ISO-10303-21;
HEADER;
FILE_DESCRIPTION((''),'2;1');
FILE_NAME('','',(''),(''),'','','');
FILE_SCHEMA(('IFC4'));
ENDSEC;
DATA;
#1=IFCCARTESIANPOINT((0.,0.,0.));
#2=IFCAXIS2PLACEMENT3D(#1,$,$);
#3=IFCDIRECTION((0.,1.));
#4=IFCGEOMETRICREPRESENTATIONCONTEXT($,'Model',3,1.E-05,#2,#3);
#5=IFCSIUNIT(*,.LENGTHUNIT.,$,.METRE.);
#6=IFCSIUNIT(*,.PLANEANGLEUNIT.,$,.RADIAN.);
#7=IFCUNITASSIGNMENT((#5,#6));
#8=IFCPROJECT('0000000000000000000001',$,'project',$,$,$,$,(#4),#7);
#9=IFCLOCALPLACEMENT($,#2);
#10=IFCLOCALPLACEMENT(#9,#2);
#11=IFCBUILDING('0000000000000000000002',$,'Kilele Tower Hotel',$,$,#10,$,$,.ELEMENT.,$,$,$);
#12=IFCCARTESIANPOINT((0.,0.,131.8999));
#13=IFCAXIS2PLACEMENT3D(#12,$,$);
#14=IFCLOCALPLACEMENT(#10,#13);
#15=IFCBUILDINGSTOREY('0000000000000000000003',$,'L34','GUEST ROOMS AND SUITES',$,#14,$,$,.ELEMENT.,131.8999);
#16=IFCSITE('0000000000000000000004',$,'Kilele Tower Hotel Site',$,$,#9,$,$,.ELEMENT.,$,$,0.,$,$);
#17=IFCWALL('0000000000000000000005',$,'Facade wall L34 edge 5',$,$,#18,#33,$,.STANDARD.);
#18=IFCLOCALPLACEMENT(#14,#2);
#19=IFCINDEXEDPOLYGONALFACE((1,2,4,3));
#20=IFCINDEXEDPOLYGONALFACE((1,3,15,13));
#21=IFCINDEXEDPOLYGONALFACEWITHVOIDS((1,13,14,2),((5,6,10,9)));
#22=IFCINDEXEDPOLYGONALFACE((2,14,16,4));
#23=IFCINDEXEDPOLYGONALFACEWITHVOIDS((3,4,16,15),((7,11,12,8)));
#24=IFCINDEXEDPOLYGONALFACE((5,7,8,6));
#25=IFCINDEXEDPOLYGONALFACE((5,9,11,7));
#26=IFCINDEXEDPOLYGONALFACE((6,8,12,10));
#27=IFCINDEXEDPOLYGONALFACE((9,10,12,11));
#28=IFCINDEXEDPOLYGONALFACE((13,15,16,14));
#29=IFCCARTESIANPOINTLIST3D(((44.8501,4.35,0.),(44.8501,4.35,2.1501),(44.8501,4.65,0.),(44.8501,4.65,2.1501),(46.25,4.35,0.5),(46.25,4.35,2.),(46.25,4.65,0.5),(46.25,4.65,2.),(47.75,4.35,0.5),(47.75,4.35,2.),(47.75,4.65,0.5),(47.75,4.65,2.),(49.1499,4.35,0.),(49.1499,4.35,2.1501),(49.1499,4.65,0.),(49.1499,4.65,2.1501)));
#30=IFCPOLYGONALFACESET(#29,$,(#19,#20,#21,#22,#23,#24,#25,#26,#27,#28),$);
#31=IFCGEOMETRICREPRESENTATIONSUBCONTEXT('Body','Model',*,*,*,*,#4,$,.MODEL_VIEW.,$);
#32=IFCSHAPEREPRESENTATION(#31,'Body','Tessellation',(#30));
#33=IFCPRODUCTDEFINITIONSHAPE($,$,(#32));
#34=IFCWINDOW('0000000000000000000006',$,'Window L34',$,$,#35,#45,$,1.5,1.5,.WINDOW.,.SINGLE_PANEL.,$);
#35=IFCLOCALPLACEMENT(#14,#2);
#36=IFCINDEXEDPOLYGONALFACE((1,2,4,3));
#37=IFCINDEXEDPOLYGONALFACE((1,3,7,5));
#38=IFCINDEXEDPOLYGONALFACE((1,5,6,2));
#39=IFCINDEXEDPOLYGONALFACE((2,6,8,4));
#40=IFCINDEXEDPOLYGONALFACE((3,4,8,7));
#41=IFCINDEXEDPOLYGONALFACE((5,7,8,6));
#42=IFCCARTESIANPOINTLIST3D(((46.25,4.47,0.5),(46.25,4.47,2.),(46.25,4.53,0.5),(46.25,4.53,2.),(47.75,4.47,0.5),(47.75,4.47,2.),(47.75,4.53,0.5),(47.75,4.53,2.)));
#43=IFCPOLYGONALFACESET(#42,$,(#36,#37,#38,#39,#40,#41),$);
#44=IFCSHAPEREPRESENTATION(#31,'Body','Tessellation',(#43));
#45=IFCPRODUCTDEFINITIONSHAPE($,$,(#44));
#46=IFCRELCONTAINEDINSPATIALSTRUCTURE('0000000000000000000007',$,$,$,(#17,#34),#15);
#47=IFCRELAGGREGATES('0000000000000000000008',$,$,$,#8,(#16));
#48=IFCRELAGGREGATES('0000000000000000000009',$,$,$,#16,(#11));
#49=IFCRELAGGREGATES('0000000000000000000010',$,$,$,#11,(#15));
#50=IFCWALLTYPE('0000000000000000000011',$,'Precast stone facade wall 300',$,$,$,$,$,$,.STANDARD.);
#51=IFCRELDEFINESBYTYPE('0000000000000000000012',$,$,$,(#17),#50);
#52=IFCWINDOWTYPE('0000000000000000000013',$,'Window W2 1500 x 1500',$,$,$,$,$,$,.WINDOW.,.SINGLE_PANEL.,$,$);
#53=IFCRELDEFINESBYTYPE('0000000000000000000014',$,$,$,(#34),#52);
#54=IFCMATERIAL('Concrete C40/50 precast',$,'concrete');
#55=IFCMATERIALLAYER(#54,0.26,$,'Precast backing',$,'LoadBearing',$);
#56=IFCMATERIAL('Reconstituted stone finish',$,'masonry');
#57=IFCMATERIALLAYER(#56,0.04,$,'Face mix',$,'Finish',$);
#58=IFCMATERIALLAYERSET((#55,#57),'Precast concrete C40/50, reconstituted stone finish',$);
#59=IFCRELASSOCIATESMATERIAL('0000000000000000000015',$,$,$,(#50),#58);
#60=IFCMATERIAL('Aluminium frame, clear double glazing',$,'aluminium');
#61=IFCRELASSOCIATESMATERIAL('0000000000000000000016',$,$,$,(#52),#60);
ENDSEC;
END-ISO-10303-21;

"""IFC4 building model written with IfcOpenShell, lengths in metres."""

from ifc_helpers import new_model, si_unit, direction, frame, frame_2d, origin, place, context, subcontext, project, spatial, rectangle, extrude, material, layer, layer_set, type_object, element, fill, save


model = new_model("IFC4")

# Units and contexts
model_context = context("Model", 3, precision=1e-05, world=origin(), true_north=direction((0.0, 1.0)))
body_context = subcontext(model_context, "Body", "Model", "MODEL_VIEW")
ifc_project = project(units=[si_unit("LENGTHUNIT", "METRE"), si_unit("PLANEANGLEUNIT", "RADIAN")], contexts=[model_context])

# Site, building, storey
site_placement = place(None, origin())
site = spatial("IfcSite", under=ifc_project, at=site_placement, Name="Kilele Tower Hotel Site", CompositionType="ELEMENT", RefElevation=0.0)
building_placement = place(site_placement, origin())
building = spatial("IfcBuilding", under=site, at=building_placement, Name="Kilele Tower Hotel", CompositionType="ELEMENT")
storey_placement = place(building_placement, frame((0.0, 0.0, 131.8999)))
storey = spatial("IfcBuildingStorey", under=building, at=storey_placement, Name="L34", Description="GUEST ROOMS AND SUITES", CompositionType="ELEMENT", Elevation=131.8999)

# Wall, opening, window
ifc_material_1 = material(Name="Concrete C40/50 precast", Category="concrete")
ifc_layer_1 = layer(ifc_material_1, 0.26, Name="Precast backing", Category="LoadBearing")
ifc_material_2 = material(Name="Reconstituted stone finish", Category="masonry")
ifc_layer_2 = layer(ifc_material_2, 0.04, Name="Face mix", Category="Finish")
ifc_layer_set_1 = layer_set([ifc_layer_1, ifc_layer_2], Name="Precast concrete C40/50, reconstituted stone finish")
wall_type_1 = type_object("IfcWallType", Name="Precast stone facade wall 300", PredefinedType="STANDARD", material=ifc_layer_set_1)
ifc_material_3 = material(Name="Aluminium frame, clear double glazing", Category="aluminium")
window_type = type_object("IfcWindowType", Name="Window W2 1500 x 1500", PartitioningType="SINGLE_PANEL", PredefinedType="WINDOW", material=ifc_material_3)
wall_1_placement = place(storey_placement, frame((44.8501, 4.5, 0.0), z_axis=(0.0, 0.0, 1.0), x_axis=(1.0, 0.0, 0.0)))
wall_1 = element("IfcWall", 1, at=wall_1_placement, inside=storey, type_object=wall_type_1, Name="Facade wall L34 edge 5", PredefinedType="STANDARD", context=body_context, shape_type="SweptSolid", body=[
    extrude(rectangle(XDim=4.2998, YDim=0.3, at=frame_2d((2.1499, 0.0))), origin(), (0.0, 0.0, 1.0), 2.1501),
])
opening_1_placement = place(wall_1_placement, frame((1.3999, 0.0, 0.5)))
opening_1 = element("IfcOpeningElement", 2, at=opening_1_placement, cuts=wall_1, PredefinedType="OPENING", context=body_context, shape_type="SweptSolid", body=[
    extrude(rectangle(XDim=1.5, YDim=1.5, at=frame_2d((0.75, 0.75))), frame((0.0, 0.1599, 0.0), z_axis=(0.0, -1.0, 0.0), x_axis=(1.0, 0.0, 0.0)), (0.0, 0.0, 1.0), 0.3201),
])
window_1_placement = place(opening_1_placement, origin())
window_1 = element("IfcWindow", 3, at=window_1_placement, inside=storey, type_object=window_type, Name="Window L34", OverallHeight=1.5, OverallWidth=1.5, PartitioningType="SINGLE_PANEL", PredefinedType="WINDOW", context=body_context, shape_type="SweptSolid", body=[
    extrude(rectangle(XDim=1.5, YDim=1.5, at=frame_2d((0.75, 0.75))), frame((0.0, 0.03, 0.0), z_axis=(0.0, -1.0, 0.0), x_axis=(1.0, 0.0, 0.0)), (0.0, 0.0, 1.0), 0.0601),
])
fill(opening_1, window_1)

save(model, "model.ifc")
